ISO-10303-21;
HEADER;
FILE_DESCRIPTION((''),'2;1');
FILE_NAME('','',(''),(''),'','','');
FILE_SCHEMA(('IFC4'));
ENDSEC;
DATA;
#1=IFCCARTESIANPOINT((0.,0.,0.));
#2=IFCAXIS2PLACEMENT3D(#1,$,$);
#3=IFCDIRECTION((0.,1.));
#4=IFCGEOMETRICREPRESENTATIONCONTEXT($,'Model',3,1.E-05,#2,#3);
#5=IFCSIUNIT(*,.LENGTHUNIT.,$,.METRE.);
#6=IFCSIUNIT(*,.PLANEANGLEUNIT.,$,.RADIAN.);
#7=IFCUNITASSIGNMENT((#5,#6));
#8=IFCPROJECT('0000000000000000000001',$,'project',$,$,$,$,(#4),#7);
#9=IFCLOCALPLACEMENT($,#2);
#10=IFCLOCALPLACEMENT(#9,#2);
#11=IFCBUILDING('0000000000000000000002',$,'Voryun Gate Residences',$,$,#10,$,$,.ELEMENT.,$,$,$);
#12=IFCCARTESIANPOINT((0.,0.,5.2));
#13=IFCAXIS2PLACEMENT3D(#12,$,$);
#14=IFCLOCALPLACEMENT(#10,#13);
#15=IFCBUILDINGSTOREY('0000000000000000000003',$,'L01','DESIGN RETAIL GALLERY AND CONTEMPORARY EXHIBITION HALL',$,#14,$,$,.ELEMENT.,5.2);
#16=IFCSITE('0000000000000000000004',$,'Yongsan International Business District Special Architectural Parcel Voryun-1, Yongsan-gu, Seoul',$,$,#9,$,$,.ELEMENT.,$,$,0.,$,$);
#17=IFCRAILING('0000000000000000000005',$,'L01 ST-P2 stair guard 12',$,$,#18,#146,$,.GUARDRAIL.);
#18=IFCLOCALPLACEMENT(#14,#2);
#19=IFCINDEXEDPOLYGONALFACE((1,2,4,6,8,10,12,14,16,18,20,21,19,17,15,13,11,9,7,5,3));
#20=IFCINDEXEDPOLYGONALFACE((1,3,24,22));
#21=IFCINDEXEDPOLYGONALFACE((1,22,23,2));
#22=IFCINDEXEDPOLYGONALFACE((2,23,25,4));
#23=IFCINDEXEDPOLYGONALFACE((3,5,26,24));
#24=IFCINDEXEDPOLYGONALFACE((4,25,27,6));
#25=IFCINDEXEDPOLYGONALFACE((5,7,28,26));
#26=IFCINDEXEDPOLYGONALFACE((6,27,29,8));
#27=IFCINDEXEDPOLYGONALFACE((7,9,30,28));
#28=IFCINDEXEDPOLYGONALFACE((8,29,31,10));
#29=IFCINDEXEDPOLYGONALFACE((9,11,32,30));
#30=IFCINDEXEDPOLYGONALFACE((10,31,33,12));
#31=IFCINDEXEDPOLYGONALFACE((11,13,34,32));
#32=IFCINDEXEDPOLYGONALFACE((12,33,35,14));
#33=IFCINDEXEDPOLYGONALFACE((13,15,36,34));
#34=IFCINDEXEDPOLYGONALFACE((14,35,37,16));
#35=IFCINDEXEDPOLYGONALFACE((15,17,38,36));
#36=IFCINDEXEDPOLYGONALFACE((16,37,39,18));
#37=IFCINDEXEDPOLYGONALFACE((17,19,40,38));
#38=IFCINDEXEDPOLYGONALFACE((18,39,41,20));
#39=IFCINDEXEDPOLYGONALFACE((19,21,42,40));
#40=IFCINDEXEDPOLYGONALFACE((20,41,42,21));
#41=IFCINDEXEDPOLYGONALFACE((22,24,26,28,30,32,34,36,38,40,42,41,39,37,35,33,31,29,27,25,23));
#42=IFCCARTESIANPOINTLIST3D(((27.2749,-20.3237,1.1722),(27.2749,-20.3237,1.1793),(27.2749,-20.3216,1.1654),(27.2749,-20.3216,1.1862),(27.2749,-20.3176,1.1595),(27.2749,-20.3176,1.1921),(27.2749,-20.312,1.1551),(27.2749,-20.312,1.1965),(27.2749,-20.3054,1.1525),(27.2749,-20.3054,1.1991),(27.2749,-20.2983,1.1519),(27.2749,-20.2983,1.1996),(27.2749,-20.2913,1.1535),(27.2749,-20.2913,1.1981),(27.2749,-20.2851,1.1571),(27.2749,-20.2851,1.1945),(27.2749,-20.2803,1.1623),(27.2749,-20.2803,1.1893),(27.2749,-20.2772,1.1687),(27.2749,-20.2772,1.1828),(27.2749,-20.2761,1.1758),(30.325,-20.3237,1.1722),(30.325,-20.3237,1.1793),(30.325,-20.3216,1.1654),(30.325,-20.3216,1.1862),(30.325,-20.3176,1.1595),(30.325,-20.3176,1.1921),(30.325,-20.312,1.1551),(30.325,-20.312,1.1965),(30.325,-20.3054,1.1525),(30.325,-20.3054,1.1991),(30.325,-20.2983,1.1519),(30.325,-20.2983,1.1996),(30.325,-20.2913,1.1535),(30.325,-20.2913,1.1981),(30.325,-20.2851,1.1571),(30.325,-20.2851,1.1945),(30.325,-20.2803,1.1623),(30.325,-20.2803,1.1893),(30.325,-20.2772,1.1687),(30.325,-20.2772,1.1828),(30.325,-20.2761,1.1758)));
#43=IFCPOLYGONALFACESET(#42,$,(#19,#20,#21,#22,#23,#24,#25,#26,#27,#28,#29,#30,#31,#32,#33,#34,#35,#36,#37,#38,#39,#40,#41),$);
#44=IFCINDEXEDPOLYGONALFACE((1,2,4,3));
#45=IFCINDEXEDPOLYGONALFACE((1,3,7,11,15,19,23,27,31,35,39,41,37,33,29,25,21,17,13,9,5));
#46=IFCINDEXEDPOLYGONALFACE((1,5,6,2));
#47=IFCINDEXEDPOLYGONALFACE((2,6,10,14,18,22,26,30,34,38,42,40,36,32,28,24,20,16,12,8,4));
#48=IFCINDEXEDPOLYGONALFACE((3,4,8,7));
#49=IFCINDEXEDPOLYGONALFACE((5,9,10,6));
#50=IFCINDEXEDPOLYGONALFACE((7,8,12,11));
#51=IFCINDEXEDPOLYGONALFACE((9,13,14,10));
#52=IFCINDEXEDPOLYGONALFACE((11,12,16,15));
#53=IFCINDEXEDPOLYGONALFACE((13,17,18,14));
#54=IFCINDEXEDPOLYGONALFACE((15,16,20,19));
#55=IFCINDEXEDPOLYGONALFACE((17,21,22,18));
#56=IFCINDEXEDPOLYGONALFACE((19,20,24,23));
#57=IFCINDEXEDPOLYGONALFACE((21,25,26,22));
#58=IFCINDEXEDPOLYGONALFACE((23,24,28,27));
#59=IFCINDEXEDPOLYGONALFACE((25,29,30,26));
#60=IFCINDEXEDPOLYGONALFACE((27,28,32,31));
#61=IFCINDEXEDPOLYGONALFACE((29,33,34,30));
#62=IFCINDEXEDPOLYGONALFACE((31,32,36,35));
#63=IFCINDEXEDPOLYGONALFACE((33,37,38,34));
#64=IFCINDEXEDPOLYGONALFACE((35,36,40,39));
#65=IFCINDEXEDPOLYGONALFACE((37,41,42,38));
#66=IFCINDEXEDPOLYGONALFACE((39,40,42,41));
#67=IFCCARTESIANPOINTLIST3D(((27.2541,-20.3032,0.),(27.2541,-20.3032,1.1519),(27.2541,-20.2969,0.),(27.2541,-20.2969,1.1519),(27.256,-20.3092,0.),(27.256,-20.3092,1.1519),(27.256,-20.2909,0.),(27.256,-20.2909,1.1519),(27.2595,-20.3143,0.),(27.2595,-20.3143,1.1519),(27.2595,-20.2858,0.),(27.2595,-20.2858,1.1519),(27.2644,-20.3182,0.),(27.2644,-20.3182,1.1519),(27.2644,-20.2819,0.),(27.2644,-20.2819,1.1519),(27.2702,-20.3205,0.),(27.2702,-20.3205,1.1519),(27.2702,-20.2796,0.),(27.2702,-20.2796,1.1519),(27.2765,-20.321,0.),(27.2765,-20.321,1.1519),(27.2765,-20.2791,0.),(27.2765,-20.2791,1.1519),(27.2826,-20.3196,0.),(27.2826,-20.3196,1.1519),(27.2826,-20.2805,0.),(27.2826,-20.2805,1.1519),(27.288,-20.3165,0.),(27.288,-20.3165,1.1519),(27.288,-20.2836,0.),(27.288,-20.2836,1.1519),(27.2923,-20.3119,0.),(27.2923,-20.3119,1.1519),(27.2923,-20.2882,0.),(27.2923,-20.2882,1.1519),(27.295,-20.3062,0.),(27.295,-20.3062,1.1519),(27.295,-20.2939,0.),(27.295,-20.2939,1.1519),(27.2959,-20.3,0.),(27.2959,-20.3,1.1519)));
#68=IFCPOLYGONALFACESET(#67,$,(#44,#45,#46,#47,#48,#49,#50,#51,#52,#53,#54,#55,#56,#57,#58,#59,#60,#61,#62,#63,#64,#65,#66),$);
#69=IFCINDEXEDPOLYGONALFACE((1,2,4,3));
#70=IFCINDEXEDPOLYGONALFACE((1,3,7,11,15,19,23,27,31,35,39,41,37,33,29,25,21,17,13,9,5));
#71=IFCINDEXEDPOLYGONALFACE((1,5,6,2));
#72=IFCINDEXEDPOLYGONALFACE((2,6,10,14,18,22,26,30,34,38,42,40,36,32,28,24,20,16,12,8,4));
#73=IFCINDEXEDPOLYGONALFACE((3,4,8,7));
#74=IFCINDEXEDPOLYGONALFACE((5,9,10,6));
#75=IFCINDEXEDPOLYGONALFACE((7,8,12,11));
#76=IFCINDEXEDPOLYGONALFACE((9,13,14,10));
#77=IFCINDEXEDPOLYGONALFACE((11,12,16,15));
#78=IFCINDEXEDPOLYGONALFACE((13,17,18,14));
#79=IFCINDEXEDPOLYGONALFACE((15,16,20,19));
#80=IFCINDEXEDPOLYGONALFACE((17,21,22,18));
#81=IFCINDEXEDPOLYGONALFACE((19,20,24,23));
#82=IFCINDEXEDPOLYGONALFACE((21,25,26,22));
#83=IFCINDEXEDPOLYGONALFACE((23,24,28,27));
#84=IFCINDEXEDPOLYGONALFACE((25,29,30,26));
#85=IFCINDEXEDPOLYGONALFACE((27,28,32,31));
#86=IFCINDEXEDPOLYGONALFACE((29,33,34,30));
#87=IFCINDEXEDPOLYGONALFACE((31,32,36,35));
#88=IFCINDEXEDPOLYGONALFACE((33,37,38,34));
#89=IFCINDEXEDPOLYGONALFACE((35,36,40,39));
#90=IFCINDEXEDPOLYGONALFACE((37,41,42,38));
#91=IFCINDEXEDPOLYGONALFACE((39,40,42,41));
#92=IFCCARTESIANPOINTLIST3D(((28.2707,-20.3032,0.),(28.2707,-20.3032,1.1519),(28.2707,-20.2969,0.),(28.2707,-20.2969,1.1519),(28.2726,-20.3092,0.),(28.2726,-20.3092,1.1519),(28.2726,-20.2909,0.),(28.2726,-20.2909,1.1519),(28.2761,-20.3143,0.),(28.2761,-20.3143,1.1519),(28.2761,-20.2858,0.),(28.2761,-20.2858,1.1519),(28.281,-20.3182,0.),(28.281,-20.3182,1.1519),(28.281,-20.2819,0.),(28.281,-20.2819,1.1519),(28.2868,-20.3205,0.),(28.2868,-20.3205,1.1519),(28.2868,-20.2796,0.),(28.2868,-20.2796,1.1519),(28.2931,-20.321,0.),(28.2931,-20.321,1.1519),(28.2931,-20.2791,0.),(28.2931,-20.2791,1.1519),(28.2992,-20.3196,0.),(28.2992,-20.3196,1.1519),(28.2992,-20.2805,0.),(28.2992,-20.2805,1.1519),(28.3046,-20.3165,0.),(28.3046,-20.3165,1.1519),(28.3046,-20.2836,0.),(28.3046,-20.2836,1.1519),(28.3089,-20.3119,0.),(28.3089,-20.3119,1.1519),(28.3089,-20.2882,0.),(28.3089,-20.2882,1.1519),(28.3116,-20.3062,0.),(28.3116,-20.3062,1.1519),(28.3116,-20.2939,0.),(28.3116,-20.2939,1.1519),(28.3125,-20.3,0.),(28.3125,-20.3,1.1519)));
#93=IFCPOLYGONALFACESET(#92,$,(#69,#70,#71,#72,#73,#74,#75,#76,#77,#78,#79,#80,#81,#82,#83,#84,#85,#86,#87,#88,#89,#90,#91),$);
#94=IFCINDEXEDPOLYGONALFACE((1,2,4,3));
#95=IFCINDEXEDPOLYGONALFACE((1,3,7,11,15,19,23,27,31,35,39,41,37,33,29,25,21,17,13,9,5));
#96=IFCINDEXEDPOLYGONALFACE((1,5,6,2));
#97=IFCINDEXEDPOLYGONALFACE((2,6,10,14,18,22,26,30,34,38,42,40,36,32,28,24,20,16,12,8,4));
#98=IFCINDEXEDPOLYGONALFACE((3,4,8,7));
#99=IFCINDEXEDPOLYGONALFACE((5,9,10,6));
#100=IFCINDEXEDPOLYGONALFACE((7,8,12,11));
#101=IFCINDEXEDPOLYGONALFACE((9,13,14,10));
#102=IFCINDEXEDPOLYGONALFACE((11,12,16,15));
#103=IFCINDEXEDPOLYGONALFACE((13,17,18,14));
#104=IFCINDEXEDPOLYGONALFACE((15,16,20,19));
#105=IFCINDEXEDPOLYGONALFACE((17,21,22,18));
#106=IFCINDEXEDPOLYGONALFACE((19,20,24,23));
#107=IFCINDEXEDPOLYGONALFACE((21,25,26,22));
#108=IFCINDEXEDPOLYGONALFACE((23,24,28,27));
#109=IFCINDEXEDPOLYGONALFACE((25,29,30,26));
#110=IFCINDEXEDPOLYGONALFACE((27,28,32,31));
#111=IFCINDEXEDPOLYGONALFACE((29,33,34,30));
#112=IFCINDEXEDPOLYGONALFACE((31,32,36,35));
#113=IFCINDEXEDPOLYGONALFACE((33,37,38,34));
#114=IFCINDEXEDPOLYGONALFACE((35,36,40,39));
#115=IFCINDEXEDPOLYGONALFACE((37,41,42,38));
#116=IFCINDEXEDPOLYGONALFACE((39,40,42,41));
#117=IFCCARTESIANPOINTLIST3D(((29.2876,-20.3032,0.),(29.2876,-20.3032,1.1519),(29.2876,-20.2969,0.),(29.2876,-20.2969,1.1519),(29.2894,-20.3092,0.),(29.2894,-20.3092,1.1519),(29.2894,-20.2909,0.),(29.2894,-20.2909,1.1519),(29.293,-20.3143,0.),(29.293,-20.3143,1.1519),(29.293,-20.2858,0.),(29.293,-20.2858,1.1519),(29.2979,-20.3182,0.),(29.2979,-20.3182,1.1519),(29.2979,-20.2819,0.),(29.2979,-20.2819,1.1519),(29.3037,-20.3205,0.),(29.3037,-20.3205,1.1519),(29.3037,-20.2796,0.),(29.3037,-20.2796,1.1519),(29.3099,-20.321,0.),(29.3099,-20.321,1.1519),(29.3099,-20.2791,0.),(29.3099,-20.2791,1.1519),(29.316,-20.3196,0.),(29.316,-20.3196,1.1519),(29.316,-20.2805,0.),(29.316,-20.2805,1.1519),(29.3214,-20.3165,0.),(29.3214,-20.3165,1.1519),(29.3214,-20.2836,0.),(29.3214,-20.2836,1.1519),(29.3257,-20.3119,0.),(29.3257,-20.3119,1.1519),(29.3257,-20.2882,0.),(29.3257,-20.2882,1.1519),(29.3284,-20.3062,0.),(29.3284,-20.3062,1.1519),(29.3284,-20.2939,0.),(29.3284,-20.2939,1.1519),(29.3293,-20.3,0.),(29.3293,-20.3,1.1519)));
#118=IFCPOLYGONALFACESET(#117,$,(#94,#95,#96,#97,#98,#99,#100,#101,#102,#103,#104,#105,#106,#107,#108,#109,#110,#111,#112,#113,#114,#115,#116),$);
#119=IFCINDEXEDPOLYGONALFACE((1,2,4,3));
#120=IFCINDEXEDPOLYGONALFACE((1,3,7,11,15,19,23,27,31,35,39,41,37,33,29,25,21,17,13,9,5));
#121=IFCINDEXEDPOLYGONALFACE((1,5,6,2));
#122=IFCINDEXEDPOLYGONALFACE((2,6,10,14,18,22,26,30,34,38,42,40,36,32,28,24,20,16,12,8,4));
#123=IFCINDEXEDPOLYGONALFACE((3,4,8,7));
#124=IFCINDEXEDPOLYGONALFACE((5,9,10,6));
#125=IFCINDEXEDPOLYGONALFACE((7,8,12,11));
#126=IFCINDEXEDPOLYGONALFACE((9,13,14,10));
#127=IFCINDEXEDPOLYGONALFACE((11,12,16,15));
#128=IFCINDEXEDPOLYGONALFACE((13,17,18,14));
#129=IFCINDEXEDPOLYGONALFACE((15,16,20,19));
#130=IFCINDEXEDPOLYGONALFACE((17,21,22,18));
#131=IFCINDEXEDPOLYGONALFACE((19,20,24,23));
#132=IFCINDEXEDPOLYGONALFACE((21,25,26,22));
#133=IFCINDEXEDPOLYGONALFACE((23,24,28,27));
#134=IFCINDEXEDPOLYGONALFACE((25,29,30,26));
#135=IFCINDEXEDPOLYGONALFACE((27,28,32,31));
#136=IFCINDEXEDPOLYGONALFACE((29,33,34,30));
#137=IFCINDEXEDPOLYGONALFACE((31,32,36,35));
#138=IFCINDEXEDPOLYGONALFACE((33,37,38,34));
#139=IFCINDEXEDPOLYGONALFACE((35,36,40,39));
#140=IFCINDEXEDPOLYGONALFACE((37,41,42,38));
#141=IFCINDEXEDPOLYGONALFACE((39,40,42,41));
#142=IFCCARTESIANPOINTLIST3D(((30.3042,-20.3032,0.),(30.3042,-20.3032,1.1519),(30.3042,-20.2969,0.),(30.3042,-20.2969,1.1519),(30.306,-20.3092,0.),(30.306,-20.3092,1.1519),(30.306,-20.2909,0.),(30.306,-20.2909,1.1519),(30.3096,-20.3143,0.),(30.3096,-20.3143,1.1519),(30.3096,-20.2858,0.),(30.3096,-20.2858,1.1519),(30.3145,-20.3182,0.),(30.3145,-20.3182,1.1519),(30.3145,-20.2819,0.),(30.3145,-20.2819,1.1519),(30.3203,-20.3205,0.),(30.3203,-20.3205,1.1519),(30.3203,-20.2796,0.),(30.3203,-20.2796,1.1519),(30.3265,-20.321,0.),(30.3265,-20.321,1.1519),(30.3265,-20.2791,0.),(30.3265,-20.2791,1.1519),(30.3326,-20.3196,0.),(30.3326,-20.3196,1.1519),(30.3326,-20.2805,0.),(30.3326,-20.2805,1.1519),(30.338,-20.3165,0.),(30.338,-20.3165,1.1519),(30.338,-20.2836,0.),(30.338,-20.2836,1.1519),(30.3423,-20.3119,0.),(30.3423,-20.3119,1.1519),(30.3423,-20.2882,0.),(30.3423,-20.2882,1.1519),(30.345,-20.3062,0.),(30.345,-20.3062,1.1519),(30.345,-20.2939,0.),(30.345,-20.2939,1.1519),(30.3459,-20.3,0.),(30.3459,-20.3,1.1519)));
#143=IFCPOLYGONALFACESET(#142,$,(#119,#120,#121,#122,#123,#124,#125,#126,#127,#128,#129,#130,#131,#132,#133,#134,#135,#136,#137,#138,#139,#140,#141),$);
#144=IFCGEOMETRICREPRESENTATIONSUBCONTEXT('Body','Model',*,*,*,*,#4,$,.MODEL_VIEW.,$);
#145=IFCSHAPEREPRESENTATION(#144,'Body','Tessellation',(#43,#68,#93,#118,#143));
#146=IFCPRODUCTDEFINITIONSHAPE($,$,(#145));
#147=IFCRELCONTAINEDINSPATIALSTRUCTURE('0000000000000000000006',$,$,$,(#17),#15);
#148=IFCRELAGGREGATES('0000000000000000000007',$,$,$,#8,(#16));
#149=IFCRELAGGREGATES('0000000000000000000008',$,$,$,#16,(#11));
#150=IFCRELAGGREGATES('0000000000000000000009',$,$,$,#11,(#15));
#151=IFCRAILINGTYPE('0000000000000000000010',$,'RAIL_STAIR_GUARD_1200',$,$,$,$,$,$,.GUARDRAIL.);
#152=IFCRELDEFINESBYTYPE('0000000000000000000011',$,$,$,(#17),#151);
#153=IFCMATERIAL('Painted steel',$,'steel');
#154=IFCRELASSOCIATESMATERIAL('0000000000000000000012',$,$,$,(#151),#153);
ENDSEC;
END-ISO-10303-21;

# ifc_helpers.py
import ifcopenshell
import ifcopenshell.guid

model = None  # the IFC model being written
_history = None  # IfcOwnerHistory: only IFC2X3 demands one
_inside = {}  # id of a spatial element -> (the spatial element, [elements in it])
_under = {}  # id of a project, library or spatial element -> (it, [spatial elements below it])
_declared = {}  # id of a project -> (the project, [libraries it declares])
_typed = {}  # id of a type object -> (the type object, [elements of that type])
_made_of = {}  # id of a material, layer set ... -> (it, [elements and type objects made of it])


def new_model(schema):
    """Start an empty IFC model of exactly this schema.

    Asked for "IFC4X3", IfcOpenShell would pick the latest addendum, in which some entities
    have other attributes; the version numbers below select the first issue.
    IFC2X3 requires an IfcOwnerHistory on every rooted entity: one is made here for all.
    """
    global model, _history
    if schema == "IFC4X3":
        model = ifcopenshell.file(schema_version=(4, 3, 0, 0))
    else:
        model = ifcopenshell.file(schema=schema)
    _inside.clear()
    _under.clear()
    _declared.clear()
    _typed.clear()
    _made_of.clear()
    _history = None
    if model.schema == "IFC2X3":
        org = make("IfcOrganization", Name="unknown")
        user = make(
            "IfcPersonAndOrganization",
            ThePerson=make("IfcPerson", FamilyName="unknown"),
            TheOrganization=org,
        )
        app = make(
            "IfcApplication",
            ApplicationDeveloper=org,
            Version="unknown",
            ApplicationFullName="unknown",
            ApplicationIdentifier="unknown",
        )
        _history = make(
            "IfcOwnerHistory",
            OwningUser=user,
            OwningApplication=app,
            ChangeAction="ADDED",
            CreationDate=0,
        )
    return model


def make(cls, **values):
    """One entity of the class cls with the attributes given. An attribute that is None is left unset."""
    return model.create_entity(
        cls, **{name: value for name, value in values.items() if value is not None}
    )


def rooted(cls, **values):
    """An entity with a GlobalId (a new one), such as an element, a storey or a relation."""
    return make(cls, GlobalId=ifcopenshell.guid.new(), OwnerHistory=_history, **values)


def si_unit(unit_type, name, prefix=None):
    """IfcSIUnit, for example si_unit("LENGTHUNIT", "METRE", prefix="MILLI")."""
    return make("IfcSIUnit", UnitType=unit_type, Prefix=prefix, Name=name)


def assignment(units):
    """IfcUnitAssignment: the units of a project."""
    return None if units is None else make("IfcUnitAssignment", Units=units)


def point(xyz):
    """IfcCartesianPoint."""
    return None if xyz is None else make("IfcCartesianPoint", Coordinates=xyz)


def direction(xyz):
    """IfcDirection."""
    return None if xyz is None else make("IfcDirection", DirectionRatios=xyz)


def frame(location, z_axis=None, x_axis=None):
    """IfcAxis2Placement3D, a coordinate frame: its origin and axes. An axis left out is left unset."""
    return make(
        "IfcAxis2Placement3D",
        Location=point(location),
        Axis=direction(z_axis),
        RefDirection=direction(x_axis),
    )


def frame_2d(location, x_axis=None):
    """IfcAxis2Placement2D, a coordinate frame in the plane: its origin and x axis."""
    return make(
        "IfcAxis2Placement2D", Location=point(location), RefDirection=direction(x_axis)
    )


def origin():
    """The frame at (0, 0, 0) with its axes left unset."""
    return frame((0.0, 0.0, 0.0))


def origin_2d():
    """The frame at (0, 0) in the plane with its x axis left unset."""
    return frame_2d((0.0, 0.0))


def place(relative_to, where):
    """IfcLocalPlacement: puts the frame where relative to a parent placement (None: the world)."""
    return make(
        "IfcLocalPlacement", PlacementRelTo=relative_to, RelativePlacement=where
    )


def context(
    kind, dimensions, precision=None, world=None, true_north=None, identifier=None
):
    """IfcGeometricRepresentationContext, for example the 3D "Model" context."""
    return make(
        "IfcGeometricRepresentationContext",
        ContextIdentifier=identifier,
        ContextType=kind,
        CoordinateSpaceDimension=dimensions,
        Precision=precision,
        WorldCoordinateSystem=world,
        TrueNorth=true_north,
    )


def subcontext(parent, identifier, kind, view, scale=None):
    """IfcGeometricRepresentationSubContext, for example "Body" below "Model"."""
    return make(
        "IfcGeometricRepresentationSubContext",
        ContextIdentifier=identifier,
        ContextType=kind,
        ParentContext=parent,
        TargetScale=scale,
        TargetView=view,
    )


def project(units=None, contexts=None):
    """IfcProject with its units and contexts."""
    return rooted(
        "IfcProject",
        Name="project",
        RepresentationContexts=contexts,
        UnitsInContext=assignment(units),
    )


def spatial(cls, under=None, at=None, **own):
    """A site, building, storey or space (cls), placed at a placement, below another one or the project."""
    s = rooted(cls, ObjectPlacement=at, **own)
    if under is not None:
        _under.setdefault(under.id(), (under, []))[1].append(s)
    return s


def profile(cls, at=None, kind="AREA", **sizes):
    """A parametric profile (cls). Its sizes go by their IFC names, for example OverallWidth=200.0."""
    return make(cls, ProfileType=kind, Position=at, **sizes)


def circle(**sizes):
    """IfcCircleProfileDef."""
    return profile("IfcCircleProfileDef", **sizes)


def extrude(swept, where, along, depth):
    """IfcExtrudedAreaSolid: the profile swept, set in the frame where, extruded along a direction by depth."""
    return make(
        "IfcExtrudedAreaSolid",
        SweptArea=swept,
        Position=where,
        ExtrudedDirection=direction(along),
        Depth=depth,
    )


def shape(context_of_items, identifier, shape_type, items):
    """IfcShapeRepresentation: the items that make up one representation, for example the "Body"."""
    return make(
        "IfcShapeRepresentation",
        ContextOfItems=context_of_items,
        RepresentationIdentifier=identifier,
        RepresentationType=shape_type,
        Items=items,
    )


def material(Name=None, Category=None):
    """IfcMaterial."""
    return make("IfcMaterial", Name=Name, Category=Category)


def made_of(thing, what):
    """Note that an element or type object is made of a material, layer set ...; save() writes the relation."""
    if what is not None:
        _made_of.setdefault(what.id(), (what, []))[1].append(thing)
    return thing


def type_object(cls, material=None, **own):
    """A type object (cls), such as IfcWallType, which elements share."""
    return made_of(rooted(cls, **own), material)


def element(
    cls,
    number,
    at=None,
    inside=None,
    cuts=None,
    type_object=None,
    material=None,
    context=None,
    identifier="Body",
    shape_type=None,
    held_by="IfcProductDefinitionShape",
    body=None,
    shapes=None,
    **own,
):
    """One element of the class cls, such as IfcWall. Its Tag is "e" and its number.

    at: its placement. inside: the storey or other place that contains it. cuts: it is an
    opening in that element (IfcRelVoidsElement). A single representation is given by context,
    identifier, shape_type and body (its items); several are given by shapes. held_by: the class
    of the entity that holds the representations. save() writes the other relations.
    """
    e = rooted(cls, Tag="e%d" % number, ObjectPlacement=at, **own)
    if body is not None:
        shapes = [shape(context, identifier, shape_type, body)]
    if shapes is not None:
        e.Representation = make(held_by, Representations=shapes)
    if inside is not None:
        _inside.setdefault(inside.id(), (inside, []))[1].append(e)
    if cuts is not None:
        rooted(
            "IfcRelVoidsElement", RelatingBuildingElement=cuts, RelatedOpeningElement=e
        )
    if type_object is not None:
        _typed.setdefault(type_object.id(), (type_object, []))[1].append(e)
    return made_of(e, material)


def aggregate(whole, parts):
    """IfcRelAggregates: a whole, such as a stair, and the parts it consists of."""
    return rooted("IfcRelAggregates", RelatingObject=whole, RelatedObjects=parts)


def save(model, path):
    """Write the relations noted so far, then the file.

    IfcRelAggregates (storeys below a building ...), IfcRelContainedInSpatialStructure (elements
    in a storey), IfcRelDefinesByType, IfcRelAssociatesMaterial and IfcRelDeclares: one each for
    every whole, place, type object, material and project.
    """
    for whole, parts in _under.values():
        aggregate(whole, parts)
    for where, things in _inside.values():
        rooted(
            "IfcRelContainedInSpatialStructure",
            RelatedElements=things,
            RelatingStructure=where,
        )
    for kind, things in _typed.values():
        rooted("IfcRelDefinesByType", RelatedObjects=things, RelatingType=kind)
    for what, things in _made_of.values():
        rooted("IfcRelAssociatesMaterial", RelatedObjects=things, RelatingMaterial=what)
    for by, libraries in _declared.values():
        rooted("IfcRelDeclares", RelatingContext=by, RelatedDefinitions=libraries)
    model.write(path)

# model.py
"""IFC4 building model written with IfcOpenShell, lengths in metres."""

from ifc_helpers import new_model, si_unit, direction, frame, origin, origin_2d, place, context, subcontext, project, spatial, circle, extrude, material, type_object, element, save


model = new_model("IFC4")

# Units and contexts
model_context = context("Model", 3, precision=1e-05, world=origin(), true_north=direction((0.0, 1.0)))
body_context = subcontext(model_context, "Body", "Model", "MODEL_VIEW")
ifc_project = project(units=[si_unit("LENGTHUNIT", "METRE"), si_unit("PLANEANGLEUNIT", "RADIAN")], contexts=[model_context])

# Site, building, storey
site_placement = place(None, origin())
site = spatial("IfcSite", under=ifc_project, at=site_placement, Name="Yongsan International Business District Special Architectural Parcel Voryun-1, Yongsan-gu, Seoul", CompositionType="ELEMENT", RefElevation=0.0)
building_placement = place(site_placement, origin())
building = spatial("IfcBuilding", under=site, at=building_placement, Name="Voryun Gate Residences", CompositionType="ELEMENT")
storey_placement = place(building_placement, frame((0.0, 0.0, 5.2)))
storey = spatial("IfcBuildingStorey", under=building, at=storey_placement, Name="L01", Description="DESIGN RETAIL GALLERY AND CONTEMPORARY EXHIBITION HALL", CompositionType="ELEMENT", Elevation=5.2)

# Railing
ifc_material_1 = material(Name="Painted steel", Category="steel")
railing_type_1 = type_object("IfcRailingType", Name="RAIL_STAIR_GUARD_1200", PredefinedType="GUARDRAIL", material=ifc_material_1)
railing_1_placement = place(storey_placement, frame((27.2749, -20.3, 0.0)))
element("IfcRailing", 1, at=railing_1_placement, inside=storey, type_object=railing_type_1, Name="L01 ST-P2 stair guard 12", PredefinedType="GUARDRAIL", context=body_context, shape_type="SweptSolid", body=[
    extrude(circle(Radius=0.0239, at=origin_2d()), frame((0.0, 0.0, 1.1758), z_axis=(1.0, 0.0, 0.0), x_axis=(0.0, 1.0, 0.0)), (0.0, 0.0, 1.0), 3.05),
    extrude(circle(Radius=0.021, at=origin_2d()), origin(), (0.0, 0.0, 1.0), 1.1519),
    extrude(circle(Radius=0.021, at=origin_2d()), frame((1.0166, 0.0, 0.0)), (0.0, 0.0, 1.0), 1.1519),
    extrude(circle(Radius=0.021, at=origin_2d()), frame((2.0334, 0.0, 0.0)), (0.0, 0.0, 1.0), 1.1519),
    extrude(circle(Radius=0.021, at=origin_2d()), frame((3.05, 0.0, 0.0)), (0.0, 0.0, 1.0), 1.1519),
])

save(model, "model.ifc")
